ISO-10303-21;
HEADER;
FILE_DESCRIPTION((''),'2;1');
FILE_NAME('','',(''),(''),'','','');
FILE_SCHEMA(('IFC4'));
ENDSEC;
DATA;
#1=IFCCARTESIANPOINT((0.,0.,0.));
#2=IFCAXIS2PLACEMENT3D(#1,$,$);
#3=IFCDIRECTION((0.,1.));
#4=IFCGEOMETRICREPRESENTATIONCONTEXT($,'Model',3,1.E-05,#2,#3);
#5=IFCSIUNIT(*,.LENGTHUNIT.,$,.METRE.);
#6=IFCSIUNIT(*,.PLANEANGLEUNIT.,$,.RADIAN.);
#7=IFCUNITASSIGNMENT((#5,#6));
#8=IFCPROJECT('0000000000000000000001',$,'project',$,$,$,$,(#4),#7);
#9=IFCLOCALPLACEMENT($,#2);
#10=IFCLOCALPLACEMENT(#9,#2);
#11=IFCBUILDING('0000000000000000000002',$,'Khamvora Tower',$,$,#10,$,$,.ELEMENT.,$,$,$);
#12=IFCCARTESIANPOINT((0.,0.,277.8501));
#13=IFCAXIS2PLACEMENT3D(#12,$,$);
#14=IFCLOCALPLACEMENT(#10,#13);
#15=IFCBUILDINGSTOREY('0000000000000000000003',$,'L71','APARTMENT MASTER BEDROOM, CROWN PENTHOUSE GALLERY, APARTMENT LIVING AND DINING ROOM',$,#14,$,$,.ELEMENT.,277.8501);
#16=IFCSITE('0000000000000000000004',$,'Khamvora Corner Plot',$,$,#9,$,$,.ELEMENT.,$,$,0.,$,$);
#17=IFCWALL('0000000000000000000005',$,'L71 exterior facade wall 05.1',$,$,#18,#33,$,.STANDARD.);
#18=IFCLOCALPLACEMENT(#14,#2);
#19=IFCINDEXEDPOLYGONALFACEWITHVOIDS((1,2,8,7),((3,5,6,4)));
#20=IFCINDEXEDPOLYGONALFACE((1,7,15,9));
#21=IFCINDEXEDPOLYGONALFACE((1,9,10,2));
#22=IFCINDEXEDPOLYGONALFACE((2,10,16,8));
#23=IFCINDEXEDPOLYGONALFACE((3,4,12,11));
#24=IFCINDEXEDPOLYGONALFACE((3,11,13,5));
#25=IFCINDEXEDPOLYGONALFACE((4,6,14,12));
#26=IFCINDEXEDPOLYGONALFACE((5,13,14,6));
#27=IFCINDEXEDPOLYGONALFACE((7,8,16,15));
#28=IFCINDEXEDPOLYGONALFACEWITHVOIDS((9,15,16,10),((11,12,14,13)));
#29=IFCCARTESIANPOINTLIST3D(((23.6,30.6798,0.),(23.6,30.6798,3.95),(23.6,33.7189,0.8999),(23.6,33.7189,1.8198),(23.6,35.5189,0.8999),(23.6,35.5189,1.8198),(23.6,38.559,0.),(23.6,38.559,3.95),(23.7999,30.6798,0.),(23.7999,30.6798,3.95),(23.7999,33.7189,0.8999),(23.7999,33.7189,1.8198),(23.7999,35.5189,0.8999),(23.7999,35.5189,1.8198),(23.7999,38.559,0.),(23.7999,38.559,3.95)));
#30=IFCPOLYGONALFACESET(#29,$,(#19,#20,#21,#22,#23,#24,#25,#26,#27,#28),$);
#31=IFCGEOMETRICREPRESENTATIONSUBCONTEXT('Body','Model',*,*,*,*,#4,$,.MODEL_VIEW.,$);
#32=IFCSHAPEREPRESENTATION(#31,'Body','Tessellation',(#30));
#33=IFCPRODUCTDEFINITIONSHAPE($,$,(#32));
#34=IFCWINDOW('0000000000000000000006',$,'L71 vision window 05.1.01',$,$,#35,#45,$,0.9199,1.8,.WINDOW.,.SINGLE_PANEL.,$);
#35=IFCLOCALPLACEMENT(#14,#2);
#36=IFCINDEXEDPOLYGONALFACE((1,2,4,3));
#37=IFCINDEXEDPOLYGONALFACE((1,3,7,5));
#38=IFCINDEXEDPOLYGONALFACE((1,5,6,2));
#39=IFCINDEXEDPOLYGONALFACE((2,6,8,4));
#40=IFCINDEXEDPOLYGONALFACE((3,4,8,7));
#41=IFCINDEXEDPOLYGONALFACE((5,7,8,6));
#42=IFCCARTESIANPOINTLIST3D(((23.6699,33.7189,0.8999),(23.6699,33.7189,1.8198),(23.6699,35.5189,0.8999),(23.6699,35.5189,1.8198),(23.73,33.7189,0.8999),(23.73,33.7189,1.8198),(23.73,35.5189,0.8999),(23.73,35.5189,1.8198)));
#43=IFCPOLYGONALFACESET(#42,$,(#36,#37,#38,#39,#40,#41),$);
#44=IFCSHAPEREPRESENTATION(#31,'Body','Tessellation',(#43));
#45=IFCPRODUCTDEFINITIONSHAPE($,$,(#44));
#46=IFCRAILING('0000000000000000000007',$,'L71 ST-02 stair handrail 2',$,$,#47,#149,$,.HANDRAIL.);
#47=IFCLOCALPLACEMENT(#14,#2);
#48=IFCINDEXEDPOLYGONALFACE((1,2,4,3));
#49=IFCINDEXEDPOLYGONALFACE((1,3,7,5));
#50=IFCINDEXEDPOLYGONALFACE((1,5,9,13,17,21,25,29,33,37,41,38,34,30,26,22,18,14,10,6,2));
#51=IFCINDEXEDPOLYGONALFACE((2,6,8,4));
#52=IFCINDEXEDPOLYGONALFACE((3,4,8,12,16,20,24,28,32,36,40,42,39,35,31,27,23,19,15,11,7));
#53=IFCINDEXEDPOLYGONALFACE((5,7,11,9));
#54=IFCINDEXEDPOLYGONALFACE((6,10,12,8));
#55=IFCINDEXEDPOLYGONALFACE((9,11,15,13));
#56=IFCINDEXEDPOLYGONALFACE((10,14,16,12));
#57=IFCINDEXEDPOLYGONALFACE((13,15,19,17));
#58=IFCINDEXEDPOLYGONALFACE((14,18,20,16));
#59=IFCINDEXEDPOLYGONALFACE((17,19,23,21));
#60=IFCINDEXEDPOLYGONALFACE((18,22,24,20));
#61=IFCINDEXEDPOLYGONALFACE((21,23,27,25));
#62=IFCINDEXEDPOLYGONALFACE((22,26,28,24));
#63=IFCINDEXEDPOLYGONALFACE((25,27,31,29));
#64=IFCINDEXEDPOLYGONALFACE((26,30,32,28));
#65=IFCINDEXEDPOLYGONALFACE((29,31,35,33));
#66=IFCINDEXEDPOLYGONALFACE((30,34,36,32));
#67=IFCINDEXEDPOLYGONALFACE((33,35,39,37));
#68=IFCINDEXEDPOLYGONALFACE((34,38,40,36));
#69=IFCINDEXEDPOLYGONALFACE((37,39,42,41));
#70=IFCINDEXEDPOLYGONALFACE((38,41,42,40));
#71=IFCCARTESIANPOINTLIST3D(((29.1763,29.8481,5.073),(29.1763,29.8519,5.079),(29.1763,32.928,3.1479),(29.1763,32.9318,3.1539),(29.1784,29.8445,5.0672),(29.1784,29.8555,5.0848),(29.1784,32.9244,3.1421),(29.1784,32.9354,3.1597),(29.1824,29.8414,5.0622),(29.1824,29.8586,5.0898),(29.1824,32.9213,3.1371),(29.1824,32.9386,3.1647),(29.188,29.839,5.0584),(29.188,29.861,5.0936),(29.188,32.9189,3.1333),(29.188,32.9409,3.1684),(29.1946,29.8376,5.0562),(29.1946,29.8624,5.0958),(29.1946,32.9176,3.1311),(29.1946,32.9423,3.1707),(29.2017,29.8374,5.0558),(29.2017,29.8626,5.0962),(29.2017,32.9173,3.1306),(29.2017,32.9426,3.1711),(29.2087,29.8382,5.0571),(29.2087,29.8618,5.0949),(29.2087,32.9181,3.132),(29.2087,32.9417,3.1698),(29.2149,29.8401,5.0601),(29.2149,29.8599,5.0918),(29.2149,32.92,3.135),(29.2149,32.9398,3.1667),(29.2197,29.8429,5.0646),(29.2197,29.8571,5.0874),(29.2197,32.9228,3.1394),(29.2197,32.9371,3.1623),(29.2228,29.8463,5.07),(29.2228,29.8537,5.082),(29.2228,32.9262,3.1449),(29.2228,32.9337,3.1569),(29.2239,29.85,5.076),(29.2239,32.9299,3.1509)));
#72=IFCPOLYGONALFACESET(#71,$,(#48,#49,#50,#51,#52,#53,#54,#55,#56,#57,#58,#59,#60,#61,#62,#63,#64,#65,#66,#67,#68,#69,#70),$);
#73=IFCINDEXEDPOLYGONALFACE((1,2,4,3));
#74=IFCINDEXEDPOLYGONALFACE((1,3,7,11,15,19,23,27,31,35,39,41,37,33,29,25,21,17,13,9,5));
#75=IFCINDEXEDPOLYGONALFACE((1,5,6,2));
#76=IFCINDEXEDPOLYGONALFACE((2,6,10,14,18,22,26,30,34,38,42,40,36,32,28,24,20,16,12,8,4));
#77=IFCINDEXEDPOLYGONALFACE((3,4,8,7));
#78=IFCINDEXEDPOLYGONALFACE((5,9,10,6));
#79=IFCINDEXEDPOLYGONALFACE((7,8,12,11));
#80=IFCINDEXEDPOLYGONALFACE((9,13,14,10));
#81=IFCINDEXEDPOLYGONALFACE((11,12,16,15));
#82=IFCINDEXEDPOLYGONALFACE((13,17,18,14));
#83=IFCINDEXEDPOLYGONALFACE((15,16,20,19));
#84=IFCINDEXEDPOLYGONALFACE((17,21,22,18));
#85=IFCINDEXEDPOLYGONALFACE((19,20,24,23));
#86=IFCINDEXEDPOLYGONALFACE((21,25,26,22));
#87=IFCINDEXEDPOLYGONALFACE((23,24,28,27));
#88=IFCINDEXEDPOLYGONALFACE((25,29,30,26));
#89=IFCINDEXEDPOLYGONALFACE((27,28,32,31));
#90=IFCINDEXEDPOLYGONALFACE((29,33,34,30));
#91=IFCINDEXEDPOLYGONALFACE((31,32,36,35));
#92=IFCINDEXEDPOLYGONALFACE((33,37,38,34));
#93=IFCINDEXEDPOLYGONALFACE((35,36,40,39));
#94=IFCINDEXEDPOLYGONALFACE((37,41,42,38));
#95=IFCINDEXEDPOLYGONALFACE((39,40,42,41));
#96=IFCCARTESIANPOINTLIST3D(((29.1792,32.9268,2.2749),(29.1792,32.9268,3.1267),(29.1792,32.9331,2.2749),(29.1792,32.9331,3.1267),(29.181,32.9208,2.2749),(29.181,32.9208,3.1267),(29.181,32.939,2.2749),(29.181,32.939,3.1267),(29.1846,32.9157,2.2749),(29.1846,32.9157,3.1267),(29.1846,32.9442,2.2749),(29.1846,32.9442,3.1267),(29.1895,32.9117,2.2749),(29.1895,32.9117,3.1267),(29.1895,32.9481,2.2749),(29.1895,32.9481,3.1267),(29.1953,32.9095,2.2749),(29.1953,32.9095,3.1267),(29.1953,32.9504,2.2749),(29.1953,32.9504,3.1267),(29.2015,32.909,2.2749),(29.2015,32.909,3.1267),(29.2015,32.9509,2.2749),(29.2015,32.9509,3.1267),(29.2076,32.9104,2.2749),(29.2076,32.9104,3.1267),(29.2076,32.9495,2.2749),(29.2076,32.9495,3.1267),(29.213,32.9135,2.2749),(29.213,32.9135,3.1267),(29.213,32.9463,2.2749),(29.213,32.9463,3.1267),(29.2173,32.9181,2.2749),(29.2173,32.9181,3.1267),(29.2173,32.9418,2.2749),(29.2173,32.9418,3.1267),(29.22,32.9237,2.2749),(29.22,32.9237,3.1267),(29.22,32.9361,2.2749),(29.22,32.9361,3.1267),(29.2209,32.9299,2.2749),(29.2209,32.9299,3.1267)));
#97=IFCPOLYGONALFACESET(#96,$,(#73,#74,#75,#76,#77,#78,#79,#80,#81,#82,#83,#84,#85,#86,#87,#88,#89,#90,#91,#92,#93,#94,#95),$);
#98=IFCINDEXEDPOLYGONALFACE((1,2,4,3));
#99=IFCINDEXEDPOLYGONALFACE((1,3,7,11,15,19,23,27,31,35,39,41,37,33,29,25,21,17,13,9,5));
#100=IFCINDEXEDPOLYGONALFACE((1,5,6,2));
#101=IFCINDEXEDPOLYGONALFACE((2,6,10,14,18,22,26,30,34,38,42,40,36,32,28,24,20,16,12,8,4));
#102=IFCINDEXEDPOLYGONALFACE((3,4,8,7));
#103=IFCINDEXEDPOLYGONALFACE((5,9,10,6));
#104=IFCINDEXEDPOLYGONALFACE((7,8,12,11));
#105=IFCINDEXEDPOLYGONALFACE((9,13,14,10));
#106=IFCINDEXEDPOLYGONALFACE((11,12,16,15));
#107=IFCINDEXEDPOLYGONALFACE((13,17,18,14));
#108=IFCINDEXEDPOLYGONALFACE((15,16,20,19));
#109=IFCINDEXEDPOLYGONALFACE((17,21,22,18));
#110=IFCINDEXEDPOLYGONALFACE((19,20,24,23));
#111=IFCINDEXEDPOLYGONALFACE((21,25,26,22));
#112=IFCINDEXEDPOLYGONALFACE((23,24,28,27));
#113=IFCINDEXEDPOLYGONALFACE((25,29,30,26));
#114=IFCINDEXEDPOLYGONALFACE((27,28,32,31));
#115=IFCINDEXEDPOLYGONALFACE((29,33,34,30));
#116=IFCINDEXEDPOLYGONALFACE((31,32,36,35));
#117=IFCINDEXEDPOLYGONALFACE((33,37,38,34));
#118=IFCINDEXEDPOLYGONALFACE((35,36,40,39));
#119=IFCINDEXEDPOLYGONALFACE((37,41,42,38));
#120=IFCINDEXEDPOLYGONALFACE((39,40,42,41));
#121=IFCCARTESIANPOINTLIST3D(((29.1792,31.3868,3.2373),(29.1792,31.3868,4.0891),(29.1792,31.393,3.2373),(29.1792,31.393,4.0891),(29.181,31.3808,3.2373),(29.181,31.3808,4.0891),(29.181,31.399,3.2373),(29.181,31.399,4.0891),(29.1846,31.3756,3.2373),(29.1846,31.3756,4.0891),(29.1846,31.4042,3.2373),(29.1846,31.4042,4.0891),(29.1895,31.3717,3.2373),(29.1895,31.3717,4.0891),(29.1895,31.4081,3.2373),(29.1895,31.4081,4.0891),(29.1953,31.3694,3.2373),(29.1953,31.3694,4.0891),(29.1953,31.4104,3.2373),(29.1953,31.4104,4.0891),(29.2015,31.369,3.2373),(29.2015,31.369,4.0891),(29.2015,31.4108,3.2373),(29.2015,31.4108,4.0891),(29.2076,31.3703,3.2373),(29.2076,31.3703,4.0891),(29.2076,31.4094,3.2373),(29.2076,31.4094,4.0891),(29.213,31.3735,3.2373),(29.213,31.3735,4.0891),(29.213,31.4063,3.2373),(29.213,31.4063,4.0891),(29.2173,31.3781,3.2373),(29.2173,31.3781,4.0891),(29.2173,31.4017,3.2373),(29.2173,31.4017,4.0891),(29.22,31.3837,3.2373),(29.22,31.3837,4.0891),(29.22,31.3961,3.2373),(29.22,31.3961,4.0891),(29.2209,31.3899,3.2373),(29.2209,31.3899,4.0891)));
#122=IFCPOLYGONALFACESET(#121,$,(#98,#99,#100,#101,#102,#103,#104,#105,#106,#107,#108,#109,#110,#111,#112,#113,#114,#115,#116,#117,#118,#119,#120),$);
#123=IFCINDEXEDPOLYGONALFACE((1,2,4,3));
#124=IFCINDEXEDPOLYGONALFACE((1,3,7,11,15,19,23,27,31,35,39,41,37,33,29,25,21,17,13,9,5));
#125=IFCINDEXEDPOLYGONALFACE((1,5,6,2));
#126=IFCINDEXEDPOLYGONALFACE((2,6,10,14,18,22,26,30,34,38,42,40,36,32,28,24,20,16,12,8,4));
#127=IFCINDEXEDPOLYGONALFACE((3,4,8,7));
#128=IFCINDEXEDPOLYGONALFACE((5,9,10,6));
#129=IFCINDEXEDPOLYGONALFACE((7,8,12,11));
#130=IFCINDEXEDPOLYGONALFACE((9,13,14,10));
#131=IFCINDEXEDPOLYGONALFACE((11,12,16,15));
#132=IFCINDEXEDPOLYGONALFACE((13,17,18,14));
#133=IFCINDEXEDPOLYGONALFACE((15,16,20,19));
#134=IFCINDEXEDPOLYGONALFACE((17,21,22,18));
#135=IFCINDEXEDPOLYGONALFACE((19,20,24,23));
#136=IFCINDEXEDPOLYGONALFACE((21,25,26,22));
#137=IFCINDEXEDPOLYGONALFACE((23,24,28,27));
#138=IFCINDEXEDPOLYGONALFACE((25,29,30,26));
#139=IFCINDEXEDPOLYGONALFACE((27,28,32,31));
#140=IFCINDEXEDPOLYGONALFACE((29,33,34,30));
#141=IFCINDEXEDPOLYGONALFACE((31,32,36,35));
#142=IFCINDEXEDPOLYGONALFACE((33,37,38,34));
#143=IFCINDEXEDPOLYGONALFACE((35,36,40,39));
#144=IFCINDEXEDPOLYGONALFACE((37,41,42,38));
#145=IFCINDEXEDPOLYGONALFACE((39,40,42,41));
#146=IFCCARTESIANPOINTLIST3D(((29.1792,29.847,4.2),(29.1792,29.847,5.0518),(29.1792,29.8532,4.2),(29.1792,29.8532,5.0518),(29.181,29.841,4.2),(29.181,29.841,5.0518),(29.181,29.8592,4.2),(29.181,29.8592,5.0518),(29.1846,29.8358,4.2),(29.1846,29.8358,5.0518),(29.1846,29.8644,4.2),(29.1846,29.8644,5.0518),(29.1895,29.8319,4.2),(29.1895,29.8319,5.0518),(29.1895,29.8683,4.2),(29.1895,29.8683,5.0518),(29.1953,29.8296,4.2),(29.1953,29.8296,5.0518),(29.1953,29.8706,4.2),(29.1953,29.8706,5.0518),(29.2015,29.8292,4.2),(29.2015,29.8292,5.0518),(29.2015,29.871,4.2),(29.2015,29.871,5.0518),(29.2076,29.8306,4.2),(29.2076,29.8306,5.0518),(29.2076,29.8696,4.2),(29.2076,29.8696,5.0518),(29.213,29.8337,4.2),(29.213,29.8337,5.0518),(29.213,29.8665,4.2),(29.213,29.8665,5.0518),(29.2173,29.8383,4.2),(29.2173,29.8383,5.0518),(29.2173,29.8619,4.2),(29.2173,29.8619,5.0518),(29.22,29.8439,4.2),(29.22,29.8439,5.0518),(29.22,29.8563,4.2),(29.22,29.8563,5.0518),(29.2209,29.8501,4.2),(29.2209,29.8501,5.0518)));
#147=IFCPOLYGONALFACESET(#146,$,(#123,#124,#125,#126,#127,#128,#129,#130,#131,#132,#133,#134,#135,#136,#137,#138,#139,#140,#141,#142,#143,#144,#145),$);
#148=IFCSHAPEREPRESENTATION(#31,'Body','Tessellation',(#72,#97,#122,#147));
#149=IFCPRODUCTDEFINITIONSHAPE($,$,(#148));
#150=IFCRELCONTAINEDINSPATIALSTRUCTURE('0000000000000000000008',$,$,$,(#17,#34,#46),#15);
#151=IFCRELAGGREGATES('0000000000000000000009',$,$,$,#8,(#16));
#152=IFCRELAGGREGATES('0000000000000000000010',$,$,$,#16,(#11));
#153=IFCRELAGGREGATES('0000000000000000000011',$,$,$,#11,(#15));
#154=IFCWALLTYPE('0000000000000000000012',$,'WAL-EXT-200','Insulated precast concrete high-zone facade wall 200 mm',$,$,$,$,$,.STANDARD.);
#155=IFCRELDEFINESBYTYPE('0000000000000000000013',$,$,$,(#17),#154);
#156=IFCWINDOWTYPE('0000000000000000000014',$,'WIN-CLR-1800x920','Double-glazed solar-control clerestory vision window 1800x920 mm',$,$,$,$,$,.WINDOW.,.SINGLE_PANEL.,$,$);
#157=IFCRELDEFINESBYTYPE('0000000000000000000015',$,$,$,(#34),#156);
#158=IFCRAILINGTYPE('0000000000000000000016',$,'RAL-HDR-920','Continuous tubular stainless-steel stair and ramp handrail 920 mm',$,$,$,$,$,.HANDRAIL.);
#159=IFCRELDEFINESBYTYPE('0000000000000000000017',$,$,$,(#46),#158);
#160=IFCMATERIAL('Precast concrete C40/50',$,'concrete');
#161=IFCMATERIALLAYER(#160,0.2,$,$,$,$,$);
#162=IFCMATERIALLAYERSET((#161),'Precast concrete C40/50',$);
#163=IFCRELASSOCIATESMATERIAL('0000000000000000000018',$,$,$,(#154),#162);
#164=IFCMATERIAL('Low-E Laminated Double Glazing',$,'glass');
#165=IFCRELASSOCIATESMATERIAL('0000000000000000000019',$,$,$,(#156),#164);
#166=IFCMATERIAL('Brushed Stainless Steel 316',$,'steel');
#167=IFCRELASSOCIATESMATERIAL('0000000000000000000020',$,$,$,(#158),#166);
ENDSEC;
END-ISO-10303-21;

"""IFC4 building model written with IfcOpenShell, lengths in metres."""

from ifc_helpers import new_model, si_unit, direction, frame, frame_2d, origin, origin_2d, place, context, subcontext, project, spatial, rectangle, circle, extrude, material, layer, layer_set, type_object, element, fill, save


model = new_model("IFC4")

# Units and contexts
model_context = context("Model", 3, precision=1e-05, world=origin(), true_north=direction((0.0, 1.0)))
body_context = subcontext(model_context, "Body", "Model", "MODEL_VIEW")
ifc_project = project(units=[si_unit("LENGTHUNIT", "METRE"), si_unit("PLANEANGLEUNIT", "RADIAN")], contexts=[model_context])

# Site, building, storey
site_placement = place(None, origin())
site = spatial("IfcSite", under=ifc_project, at=site_placement, Name="Khamvora Corner Plot", CompositionType="ELEMENT", RefElevation=0.0)
building_placement = place(site_placement, origin())
building = spatial("IfcBuilding", under=site, at=building_placement, Name="Khamvora Tower", CompositionType="ELEMENT")
storey_placement = place(building_placement, frame((0.0, 0.0, 277.8501)))
storey = spatial("IfcBuildingStorey", under=building, at=storey_placement, Name="L71", Description="APARTMENT MASTER BEDROOM, CROWN PENTHOUSE GALLERY, APARTMENT LIVING AND DINING ROOM", CompositionType="ELEMENT", Elevation=277.8501)

# Shared definitions
ifc_material_1 = material(Name="Precast concrete C40/50", Category="concrete")
ifc_layer_1 = layer(ifc_material_1, 0.2)
ifc_layer_set_1 = layer_set([ifc_layer_1], Name="Precast concrete C40/50")
wall_type_1 = type_object("IfcWallType", Name="WAL-EXT-200", Description="Insulated precast concrete high-zone facade wall 200 mm", PredefinedType="STANDARD", material=ifc_layer_set_1)

# Wall, opening, window
wall_1_placement = place(storey_placement, frame((23.7, 30.6799, 0.0), z_axis=(0.0, 0.0, 1.0), x_axis=(0.0, 1.0, 0.0)))
wall_1 = element("IfcWall", 1, at=wall_1_placement, inside=storey, type_object=wall_type_1, Name="L71 exterior facade wall 05.1", PredefinedType="STANDARD", context=body_context, shape_type="SweptSolid", body=[
    extrude(rectangle(XDim=7.8792, YDim=0.2, at=frame_2d((3.9395, 0.0))), origin(), (0.0, 0.0, 1.0), 3.95),
])
opening_placement = place(wall_1_placement, frame((3.0391, 0.0, 0.8999)))
opening = element("IfcOpeningElement", 2, at=opening_placement, cuts=wall_1, PredefinedType="OPENING", context=body_context, shape_type="SweptSolid", body=[
    extrude(rectangle(XDim=1.8, YDim=0.9199, at=frame_2d((0.8999, 0.46))), frame((0.0, 0.1099, 0.0), z_axis=(0.0, -1.0, 0.0), x_axis=(1.0, 0.0, 0.0)), (0.0, 0.0, 1.0), 0.22),
])
ifc_material_2 = material(Name="Low-E Laminated Double Glazing", Category="glass")
window_type = type_object("IfcWindowType", Name="WIN-CLR-1800x920", Description="Double-glazed solar-control clerestory vision window 1800x920 mm", PartitioningType="SINGLE_PANEL", PredefinedType="WINDOW", material=ifc_material_2)
window_placement = place(opening_placement, origin())
window = element("IfcWindow", 3, at=window_placement, inside=storey, type_object=window_type, Name="L71 vision window 05.1.01", OverallHeight=0.9199, OverallWidth=1.8, PartitioningType="SINGLE_PANEL", PredefinedType="WINDOW", context=body_context, shape_type="SweptSolid", body=[
    extrude(rectangle(XDim=1.8, YDim=0.9199, at=frame_2d((0.8999, 0.46))), frame((0.0, 0.03, 0.0), z_axis=(0.0, -1.0, 0.0), x_axis=(1.0, 0.0, 0.0)), (0.0, 0.0, 1.0), 0.0601),
])
fill(opening, window)

# Railing
ifc_material_3 = material(Name="Brushed Stainless Steel 316", Category="steel")
railing_type = type_object("IfcRailingType", Name="RAL-HDR-920", Description="Continuous tubular stainless-steel stair and ramp handrail 920 mm", PredefinedType="HANDRAIL", material=ifc_material_3)
railing_placement = place(storey_placement, frame((29.2, 32.9299, 2.2749)))
element("IfcRailing", 4, at=railing_placement, inside=storey, type_object=railing_type, Name="L71 ST-02 stair handrail 2", PredefinedType="HANDRAIL", context=body_context, shape_type="SweptSolid", body=[
    extrude(circle(Radius=0.0239, at=origin_2d()), frame((0.0, 0.0, 0.876), z_axis=(0.0, -0.847979, 0.530029), x_axis=(1.0, 0.0, 0.0)), (0.0, 0.0, 1.0), 3.6321),
    extrude(circle(Radius=0.021, at=origin_2d()), origin(), (0.0, 0.0, 1.0), 0.8518),
    extrude(circle(Radius=0.021, at=origin_2d()), frame((0.0, -1.54, 0.9624)), (0.0, 0.0, 1.0), 0.8518),
    extrude(circle(Radius=0.021, at=origin_2d()), frame((0.0, -3.0798, 1.925)), (0.0, 0.0, 1.0), 0.8518),
])

save(model, "model.ifc")
